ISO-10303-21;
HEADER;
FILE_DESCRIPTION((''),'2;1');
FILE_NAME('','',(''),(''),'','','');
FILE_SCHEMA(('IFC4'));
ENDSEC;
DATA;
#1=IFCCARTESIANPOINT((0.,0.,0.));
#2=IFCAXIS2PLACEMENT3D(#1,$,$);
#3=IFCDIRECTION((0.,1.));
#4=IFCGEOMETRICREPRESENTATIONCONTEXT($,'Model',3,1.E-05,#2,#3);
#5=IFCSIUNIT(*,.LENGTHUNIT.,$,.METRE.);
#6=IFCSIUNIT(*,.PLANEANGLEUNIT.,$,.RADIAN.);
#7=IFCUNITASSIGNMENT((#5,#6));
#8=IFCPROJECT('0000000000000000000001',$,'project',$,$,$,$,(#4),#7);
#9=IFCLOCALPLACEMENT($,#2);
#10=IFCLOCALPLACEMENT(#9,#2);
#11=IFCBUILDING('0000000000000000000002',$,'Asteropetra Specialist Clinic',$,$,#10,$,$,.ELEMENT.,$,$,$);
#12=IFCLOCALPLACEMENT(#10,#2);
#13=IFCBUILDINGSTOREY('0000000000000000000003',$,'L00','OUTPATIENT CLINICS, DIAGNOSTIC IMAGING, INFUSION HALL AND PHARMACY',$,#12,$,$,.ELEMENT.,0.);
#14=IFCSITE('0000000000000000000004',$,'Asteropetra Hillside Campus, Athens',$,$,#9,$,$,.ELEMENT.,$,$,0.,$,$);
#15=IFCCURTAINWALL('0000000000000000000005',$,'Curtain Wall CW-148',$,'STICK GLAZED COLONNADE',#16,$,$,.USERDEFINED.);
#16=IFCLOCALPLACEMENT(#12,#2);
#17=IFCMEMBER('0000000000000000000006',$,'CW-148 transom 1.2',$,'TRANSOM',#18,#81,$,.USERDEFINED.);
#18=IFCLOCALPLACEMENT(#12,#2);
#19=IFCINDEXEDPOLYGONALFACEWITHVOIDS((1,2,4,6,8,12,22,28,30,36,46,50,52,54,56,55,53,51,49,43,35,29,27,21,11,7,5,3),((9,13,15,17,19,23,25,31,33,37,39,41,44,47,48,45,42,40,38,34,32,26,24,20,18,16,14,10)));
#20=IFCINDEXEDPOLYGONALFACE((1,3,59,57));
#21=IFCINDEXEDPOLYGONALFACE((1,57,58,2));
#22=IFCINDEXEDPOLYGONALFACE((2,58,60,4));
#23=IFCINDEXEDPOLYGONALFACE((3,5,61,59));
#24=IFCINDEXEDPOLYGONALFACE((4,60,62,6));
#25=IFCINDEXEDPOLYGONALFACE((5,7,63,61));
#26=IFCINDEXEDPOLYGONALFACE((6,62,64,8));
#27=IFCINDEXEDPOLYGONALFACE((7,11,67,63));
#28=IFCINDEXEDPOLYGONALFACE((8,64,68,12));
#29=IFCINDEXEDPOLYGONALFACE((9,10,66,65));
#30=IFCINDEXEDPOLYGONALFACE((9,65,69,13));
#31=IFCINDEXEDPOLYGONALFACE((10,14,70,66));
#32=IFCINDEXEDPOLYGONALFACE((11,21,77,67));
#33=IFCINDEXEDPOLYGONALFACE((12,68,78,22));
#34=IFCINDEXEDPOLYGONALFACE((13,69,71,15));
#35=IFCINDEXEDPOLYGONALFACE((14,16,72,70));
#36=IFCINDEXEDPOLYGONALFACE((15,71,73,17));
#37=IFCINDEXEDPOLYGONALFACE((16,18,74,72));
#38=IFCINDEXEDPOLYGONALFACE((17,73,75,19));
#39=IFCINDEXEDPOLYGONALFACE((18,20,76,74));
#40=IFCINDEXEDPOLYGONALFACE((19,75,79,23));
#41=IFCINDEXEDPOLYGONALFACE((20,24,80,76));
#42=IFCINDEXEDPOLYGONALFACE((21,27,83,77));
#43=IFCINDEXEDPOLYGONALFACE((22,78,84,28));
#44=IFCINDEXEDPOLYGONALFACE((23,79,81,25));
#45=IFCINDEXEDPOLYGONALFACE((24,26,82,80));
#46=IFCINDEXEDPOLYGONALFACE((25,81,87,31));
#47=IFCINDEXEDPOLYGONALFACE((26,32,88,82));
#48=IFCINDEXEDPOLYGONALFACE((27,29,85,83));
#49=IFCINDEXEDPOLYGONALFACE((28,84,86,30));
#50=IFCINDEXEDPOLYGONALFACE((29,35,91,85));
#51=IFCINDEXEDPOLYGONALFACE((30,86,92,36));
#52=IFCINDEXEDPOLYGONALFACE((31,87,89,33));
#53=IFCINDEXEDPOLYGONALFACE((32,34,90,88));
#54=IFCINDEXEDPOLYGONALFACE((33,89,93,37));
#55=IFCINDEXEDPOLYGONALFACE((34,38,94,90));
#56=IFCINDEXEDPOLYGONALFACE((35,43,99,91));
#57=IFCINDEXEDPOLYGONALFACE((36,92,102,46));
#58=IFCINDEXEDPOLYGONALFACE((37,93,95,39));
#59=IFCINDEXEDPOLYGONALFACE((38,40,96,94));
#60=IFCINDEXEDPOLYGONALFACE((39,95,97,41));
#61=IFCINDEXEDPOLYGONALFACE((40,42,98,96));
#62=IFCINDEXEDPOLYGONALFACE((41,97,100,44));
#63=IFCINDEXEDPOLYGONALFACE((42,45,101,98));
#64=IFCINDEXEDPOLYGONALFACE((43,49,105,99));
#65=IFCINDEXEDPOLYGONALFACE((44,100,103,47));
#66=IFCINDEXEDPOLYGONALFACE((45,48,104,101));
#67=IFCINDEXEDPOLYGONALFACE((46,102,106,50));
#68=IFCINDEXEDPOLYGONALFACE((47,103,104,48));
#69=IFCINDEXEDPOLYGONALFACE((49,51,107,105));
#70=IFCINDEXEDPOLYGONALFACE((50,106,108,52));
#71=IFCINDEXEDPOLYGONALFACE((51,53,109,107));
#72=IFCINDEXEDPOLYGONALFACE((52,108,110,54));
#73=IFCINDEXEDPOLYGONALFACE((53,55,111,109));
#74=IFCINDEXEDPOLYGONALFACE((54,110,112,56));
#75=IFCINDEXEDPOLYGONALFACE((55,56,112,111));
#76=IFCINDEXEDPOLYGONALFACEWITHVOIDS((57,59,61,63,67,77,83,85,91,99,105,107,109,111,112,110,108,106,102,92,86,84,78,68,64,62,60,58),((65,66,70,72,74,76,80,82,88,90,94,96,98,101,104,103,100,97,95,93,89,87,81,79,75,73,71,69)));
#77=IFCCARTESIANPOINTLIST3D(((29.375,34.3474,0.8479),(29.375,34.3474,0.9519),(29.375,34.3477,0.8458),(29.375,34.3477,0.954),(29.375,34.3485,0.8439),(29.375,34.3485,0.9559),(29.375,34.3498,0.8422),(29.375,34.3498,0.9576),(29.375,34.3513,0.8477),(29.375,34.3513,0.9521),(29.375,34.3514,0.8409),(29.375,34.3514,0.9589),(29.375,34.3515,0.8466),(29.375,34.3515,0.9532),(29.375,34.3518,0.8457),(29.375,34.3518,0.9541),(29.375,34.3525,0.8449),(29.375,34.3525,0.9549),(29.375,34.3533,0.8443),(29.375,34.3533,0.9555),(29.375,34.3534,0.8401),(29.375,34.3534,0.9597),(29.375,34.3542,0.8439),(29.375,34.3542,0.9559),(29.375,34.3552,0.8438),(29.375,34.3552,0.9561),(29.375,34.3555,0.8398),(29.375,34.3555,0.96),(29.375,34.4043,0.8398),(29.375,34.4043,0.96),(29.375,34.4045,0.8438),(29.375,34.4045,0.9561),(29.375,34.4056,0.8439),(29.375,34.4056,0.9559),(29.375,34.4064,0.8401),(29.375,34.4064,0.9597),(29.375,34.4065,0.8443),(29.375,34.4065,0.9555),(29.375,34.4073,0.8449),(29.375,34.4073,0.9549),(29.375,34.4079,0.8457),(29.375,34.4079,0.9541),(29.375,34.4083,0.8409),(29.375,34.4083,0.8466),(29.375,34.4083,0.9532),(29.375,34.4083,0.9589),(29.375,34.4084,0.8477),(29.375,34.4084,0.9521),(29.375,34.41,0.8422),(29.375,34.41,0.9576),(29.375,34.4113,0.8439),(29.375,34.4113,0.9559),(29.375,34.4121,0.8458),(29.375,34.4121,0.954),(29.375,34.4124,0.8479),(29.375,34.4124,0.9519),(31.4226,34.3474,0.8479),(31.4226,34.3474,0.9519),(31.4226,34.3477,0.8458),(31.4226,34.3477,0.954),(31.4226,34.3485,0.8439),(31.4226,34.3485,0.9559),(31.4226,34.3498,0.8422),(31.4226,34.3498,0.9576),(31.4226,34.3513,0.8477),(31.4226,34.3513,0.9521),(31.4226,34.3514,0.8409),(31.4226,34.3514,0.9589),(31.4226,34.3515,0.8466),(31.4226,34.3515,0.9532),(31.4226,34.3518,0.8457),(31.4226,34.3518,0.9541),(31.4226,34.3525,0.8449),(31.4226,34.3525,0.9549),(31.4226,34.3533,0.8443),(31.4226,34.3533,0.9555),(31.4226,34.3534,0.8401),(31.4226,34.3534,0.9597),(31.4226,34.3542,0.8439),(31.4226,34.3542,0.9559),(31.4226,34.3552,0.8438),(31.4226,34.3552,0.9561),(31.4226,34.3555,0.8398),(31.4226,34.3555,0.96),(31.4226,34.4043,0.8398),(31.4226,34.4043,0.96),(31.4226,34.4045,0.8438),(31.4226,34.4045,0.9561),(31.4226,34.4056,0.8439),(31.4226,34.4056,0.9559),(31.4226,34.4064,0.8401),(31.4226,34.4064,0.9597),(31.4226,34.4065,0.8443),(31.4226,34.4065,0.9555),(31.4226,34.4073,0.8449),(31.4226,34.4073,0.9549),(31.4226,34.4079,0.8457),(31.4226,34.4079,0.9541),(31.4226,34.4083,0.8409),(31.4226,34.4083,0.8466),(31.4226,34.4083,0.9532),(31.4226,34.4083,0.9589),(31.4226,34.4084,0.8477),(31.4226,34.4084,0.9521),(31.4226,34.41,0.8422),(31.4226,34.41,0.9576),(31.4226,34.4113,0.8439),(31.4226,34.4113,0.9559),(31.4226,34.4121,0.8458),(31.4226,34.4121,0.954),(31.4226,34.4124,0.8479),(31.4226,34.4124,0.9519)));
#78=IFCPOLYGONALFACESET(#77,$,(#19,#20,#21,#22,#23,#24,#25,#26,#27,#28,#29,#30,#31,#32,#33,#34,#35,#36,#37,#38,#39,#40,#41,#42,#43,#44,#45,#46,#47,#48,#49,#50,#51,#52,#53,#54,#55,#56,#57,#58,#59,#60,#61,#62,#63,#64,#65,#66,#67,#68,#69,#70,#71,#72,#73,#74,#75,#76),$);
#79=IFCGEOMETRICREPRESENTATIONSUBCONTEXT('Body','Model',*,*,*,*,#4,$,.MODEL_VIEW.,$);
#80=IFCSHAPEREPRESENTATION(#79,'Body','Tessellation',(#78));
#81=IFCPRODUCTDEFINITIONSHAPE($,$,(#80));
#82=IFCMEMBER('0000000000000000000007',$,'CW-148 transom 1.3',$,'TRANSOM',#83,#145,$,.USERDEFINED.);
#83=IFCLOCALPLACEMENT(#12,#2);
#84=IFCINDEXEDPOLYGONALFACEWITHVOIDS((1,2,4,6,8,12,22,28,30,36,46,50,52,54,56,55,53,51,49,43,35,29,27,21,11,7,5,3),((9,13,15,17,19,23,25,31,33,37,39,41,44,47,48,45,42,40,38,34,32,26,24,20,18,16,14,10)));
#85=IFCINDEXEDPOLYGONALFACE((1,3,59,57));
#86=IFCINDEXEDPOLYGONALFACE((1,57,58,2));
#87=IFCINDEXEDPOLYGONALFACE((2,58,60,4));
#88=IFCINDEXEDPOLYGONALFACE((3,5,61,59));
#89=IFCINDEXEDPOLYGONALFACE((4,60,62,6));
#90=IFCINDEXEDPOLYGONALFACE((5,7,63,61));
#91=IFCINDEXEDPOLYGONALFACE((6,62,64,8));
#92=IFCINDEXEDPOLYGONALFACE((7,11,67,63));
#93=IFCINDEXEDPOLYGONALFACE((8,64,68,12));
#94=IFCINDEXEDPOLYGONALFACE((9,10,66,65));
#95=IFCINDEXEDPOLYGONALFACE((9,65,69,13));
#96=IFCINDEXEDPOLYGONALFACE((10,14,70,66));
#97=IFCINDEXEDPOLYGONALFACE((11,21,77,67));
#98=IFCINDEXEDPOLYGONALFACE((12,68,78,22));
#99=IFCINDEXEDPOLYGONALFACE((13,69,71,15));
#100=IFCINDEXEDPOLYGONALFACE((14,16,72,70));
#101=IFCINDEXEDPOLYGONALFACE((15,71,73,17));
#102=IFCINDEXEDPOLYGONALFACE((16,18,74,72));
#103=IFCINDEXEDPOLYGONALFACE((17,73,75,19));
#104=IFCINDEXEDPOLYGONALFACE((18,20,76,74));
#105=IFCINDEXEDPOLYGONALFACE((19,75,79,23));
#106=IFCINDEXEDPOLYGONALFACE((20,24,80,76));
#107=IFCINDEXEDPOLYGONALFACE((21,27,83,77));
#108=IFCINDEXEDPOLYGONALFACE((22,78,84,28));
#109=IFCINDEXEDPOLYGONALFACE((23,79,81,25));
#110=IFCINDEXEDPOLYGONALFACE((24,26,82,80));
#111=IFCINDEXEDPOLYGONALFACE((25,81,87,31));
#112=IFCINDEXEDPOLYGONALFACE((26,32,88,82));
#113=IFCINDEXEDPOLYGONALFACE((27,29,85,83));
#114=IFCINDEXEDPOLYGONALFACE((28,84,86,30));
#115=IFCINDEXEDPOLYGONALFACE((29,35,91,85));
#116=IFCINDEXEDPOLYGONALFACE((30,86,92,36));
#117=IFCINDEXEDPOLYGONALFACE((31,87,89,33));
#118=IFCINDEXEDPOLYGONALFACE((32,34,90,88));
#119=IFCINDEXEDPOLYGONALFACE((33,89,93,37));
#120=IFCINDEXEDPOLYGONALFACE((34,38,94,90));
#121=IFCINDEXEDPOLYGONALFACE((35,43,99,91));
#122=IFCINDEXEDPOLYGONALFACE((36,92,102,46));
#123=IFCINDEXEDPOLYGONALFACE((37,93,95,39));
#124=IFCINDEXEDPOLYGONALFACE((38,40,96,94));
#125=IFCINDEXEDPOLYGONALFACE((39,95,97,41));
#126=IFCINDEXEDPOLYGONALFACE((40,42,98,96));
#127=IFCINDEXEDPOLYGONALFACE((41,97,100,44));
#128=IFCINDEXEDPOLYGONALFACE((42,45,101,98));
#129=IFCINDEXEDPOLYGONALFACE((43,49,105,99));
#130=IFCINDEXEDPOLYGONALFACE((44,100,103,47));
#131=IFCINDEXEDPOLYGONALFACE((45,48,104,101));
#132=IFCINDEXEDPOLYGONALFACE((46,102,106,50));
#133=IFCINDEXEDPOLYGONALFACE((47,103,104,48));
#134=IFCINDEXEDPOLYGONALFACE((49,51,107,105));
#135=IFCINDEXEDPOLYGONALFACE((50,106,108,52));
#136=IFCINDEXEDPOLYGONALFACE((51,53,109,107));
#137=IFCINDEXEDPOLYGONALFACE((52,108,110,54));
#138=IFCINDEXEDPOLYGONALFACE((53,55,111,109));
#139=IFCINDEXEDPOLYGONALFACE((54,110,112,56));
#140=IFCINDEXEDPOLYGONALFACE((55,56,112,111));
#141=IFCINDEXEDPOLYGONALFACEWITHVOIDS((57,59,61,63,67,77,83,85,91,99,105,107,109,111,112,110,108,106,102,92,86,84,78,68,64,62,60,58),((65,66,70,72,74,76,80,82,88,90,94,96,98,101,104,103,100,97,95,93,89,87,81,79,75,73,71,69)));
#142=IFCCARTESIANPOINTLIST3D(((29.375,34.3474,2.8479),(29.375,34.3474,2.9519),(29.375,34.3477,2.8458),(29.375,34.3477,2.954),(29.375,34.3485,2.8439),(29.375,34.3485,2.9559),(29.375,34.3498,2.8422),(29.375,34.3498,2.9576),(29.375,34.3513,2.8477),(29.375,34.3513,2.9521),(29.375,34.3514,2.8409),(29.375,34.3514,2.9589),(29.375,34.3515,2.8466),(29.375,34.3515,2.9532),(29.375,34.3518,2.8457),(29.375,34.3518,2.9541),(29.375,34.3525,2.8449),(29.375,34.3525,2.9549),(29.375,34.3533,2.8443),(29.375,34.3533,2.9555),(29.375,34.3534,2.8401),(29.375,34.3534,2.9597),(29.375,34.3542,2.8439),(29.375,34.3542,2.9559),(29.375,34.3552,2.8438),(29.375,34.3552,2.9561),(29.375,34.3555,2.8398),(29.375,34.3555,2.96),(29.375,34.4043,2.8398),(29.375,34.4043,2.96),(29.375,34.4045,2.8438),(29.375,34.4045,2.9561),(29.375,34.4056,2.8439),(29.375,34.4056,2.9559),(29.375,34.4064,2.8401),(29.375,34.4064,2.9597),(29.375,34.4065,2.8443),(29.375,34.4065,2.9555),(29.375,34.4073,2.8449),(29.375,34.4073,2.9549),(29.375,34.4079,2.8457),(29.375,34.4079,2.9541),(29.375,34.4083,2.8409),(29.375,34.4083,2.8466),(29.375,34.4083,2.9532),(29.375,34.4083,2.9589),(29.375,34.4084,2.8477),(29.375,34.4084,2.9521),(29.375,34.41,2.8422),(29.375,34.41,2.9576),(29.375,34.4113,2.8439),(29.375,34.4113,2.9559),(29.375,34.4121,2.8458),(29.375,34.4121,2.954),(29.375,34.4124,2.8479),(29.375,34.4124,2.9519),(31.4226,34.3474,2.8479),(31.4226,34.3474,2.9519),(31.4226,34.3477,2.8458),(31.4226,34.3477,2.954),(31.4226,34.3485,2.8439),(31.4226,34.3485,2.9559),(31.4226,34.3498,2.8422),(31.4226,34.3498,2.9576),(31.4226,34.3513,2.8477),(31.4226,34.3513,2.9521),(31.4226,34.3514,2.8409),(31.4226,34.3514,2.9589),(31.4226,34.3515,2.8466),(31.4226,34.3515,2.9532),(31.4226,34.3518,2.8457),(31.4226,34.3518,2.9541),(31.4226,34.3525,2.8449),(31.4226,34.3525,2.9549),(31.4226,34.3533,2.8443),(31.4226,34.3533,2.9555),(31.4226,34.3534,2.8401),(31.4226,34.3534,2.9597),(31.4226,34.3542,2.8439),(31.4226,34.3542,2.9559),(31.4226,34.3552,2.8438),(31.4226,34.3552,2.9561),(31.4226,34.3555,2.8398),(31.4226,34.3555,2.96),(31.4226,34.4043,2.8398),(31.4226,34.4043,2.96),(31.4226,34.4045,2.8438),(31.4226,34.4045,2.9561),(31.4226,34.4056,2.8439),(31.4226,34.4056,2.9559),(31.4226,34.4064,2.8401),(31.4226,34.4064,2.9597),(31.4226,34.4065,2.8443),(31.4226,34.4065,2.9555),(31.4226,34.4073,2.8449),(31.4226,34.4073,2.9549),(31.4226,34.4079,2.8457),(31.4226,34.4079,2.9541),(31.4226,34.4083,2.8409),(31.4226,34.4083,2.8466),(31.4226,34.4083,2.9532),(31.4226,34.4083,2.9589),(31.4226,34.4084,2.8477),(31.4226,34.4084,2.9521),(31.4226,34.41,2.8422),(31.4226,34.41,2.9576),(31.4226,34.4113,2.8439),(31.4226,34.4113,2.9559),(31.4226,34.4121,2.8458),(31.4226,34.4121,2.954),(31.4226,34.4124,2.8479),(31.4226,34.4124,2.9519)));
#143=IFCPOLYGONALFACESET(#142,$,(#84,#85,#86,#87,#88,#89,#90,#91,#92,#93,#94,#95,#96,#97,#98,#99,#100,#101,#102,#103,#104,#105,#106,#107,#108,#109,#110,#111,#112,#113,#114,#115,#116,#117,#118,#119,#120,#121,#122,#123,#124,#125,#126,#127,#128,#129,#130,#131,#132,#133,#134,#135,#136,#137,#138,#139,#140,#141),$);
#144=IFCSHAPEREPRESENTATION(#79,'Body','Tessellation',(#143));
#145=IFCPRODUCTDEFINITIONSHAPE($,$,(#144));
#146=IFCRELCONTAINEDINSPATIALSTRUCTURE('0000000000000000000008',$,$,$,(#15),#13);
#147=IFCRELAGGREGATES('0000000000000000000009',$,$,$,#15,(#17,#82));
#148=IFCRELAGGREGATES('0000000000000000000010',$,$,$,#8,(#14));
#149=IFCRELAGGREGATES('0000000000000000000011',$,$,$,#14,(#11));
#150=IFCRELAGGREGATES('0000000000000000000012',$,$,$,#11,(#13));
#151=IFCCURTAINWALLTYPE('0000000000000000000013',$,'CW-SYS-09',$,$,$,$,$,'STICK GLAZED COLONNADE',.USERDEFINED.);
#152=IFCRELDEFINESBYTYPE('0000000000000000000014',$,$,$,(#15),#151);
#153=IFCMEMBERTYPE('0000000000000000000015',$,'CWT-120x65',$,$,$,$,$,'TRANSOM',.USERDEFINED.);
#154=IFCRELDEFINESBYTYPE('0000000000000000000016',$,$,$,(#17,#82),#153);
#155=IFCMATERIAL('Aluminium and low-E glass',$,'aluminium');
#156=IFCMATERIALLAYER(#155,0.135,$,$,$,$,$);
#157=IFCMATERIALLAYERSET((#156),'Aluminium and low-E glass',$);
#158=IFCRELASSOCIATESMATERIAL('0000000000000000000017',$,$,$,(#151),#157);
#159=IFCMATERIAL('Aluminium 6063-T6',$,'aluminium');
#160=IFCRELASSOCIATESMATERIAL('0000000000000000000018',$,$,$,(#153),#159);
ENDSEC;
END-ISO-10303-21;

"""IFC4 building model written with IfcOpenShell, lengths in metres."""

from ifc_helpers import new_model, si_unit, direction, frame, origin, origin_2d, place, context, subcontext, project, spatial, hollow_rectangle, extrude, material, layer, layer_set, material_profile, profile_set, type_object, element, aggregate, save


model = new_model("IFC4")

# Units and contexts
model_context = context("Model", 3, precision=1e-05, world=origin(), true_north=direction((0.0, 1.0)))
body_context = subcontext(model_context, "Body", "Model", "MODEL_VIEW")
ifc_project = project(units=[si_unit("LENGTHUNIT", "METRE"), si_unit("PLANEANGLEUNIT", "RADIAN")], contexts=[model_context])

# Site, building, storey
site_placement = place(None, origin())
site = spatial("IfcSite", under=ifc_project, at=site_placement, Name="Asteropetra Hillside Campus, Athens", CompositionType="ELEMENT", RefElevation=0.0)
building_placement = place(site_placement, origin())
building = spatial("IfcBuilding", under=site, at=building_placement, Name="Asteropetra Specialist Clinic", CompositionType="ELEMENT")
storey_placement = place(building_placement, origin())
storey = spatial("IfcBuildingStorey", under=building, at=storey_placement, Name="L00", Description="OUTPATIENT CLINICS, DIAGNOSTIC IMAGING, INFUSION HALL AND PHARMACY", CompositionType="ELEMENT", Elevation=0.0)

# Curtain wall
ifc_material_1 = material(Name="Aluminium and low-E glass", Category="aluminium")
ifc_layer_1 = layer(ifc_material_1, 0.135)
ifc_layer_set_1 = layer_set([ifc_layer_1], Name="Aluminium and low-E glass")
curtain_wall_type_1 = type_object("IfcCurtainWallType", Name="CW-SYS-09", ElementType="STICK GLAZED COLONNADE", PredefinedType="USERDEFINED", material=ifc_layer_set_1)
curtain_wall_1_placement = place(storey_placement, origin())
curtain_wall_1 = element("IfcCurtainWall", 1, at=curtain_wall_1_placement, inside=storey, type_object=curtain_wall_type_1, Name="Curtain Wall CW-148", ObjectType="STICK GLAZED COLONNADE", PredefinedType="USERDEFINED")

# Members
ifc_material_2 = material(Name="Aluminium 6063-T6", Category="aluminium")
ifc_material_profile_1 = material_profile(ifc_material_2, hollow_rectangle(XDim=0.0649, YDim=0.1201, WallThickness=0.0039, InnerFilletRadius=0.0039, OuterFilletRadius=0.0081, at=origin_2d()), Name="TRN 120x65x4.0")
ifc_profile_set_1 = profile_set([ifc_material_profile_1], Name="Aluminium 6063-T6")
member_type_1 = type_object("IfcMemberType", Name="CWT-120x65", ElementType="TRANSOM", PredefinedType="USERDEFINED", material=ifc_profile_set_1)
member_1_placement = place(storey_placement, frame((29.375, 34.3799, 0.8999), z_axis=(1.0, 0.0, 0.0), x_axis=(0.0, 1.0, 0.0)))
member_1 = element("IfcMember", 2, at=member_1_placement, type_object=member_type_1, Name="CW-148 transom 1.2", ObjectType="TRANSOM", PredefinedType="USERDEFINED", context=body_context, shape_type="SweptSolid", body=[
    extrude(hollow_rectangle(XDim=0.0649, YDim=0.1201, WallThickness=0.0039, InnerFilletRadius=0.0039, OuterFilletRadius=0.0081, at=origin_2d()), origin(), (0.0, 0.0, 1.0), 2.0476),
])
member_2_placement = place(storey_placement, frame((29.375, 34.3799, 2.8999), z_axis=(1.0, 0.0, 0.0), x_axis=(0.0, 1.0, 0.0)))
member_2 = element("IfcMember", 3, at=member_2_placement, type_object=member_type_1, Name="CW-148 transom 1.3", ObjectType="TRANSOM", PredefinedType="USERDEFINED", context=body_context, shape_type="SweptSolid", body=[
    extrude(hollow_rectangle(XDim=0.0649, YDim=0.1201, WallThickness=0.0039, InnerFilletRadius=0.0039, OuterFilletRadius=0.0081, at=origin_2d()), origin(), (0.0, 0.0, 1.0), 2.0476),
])

aggregate(curtain_wall_1, [member_1, member_2])

save(model, "model.ifc")
